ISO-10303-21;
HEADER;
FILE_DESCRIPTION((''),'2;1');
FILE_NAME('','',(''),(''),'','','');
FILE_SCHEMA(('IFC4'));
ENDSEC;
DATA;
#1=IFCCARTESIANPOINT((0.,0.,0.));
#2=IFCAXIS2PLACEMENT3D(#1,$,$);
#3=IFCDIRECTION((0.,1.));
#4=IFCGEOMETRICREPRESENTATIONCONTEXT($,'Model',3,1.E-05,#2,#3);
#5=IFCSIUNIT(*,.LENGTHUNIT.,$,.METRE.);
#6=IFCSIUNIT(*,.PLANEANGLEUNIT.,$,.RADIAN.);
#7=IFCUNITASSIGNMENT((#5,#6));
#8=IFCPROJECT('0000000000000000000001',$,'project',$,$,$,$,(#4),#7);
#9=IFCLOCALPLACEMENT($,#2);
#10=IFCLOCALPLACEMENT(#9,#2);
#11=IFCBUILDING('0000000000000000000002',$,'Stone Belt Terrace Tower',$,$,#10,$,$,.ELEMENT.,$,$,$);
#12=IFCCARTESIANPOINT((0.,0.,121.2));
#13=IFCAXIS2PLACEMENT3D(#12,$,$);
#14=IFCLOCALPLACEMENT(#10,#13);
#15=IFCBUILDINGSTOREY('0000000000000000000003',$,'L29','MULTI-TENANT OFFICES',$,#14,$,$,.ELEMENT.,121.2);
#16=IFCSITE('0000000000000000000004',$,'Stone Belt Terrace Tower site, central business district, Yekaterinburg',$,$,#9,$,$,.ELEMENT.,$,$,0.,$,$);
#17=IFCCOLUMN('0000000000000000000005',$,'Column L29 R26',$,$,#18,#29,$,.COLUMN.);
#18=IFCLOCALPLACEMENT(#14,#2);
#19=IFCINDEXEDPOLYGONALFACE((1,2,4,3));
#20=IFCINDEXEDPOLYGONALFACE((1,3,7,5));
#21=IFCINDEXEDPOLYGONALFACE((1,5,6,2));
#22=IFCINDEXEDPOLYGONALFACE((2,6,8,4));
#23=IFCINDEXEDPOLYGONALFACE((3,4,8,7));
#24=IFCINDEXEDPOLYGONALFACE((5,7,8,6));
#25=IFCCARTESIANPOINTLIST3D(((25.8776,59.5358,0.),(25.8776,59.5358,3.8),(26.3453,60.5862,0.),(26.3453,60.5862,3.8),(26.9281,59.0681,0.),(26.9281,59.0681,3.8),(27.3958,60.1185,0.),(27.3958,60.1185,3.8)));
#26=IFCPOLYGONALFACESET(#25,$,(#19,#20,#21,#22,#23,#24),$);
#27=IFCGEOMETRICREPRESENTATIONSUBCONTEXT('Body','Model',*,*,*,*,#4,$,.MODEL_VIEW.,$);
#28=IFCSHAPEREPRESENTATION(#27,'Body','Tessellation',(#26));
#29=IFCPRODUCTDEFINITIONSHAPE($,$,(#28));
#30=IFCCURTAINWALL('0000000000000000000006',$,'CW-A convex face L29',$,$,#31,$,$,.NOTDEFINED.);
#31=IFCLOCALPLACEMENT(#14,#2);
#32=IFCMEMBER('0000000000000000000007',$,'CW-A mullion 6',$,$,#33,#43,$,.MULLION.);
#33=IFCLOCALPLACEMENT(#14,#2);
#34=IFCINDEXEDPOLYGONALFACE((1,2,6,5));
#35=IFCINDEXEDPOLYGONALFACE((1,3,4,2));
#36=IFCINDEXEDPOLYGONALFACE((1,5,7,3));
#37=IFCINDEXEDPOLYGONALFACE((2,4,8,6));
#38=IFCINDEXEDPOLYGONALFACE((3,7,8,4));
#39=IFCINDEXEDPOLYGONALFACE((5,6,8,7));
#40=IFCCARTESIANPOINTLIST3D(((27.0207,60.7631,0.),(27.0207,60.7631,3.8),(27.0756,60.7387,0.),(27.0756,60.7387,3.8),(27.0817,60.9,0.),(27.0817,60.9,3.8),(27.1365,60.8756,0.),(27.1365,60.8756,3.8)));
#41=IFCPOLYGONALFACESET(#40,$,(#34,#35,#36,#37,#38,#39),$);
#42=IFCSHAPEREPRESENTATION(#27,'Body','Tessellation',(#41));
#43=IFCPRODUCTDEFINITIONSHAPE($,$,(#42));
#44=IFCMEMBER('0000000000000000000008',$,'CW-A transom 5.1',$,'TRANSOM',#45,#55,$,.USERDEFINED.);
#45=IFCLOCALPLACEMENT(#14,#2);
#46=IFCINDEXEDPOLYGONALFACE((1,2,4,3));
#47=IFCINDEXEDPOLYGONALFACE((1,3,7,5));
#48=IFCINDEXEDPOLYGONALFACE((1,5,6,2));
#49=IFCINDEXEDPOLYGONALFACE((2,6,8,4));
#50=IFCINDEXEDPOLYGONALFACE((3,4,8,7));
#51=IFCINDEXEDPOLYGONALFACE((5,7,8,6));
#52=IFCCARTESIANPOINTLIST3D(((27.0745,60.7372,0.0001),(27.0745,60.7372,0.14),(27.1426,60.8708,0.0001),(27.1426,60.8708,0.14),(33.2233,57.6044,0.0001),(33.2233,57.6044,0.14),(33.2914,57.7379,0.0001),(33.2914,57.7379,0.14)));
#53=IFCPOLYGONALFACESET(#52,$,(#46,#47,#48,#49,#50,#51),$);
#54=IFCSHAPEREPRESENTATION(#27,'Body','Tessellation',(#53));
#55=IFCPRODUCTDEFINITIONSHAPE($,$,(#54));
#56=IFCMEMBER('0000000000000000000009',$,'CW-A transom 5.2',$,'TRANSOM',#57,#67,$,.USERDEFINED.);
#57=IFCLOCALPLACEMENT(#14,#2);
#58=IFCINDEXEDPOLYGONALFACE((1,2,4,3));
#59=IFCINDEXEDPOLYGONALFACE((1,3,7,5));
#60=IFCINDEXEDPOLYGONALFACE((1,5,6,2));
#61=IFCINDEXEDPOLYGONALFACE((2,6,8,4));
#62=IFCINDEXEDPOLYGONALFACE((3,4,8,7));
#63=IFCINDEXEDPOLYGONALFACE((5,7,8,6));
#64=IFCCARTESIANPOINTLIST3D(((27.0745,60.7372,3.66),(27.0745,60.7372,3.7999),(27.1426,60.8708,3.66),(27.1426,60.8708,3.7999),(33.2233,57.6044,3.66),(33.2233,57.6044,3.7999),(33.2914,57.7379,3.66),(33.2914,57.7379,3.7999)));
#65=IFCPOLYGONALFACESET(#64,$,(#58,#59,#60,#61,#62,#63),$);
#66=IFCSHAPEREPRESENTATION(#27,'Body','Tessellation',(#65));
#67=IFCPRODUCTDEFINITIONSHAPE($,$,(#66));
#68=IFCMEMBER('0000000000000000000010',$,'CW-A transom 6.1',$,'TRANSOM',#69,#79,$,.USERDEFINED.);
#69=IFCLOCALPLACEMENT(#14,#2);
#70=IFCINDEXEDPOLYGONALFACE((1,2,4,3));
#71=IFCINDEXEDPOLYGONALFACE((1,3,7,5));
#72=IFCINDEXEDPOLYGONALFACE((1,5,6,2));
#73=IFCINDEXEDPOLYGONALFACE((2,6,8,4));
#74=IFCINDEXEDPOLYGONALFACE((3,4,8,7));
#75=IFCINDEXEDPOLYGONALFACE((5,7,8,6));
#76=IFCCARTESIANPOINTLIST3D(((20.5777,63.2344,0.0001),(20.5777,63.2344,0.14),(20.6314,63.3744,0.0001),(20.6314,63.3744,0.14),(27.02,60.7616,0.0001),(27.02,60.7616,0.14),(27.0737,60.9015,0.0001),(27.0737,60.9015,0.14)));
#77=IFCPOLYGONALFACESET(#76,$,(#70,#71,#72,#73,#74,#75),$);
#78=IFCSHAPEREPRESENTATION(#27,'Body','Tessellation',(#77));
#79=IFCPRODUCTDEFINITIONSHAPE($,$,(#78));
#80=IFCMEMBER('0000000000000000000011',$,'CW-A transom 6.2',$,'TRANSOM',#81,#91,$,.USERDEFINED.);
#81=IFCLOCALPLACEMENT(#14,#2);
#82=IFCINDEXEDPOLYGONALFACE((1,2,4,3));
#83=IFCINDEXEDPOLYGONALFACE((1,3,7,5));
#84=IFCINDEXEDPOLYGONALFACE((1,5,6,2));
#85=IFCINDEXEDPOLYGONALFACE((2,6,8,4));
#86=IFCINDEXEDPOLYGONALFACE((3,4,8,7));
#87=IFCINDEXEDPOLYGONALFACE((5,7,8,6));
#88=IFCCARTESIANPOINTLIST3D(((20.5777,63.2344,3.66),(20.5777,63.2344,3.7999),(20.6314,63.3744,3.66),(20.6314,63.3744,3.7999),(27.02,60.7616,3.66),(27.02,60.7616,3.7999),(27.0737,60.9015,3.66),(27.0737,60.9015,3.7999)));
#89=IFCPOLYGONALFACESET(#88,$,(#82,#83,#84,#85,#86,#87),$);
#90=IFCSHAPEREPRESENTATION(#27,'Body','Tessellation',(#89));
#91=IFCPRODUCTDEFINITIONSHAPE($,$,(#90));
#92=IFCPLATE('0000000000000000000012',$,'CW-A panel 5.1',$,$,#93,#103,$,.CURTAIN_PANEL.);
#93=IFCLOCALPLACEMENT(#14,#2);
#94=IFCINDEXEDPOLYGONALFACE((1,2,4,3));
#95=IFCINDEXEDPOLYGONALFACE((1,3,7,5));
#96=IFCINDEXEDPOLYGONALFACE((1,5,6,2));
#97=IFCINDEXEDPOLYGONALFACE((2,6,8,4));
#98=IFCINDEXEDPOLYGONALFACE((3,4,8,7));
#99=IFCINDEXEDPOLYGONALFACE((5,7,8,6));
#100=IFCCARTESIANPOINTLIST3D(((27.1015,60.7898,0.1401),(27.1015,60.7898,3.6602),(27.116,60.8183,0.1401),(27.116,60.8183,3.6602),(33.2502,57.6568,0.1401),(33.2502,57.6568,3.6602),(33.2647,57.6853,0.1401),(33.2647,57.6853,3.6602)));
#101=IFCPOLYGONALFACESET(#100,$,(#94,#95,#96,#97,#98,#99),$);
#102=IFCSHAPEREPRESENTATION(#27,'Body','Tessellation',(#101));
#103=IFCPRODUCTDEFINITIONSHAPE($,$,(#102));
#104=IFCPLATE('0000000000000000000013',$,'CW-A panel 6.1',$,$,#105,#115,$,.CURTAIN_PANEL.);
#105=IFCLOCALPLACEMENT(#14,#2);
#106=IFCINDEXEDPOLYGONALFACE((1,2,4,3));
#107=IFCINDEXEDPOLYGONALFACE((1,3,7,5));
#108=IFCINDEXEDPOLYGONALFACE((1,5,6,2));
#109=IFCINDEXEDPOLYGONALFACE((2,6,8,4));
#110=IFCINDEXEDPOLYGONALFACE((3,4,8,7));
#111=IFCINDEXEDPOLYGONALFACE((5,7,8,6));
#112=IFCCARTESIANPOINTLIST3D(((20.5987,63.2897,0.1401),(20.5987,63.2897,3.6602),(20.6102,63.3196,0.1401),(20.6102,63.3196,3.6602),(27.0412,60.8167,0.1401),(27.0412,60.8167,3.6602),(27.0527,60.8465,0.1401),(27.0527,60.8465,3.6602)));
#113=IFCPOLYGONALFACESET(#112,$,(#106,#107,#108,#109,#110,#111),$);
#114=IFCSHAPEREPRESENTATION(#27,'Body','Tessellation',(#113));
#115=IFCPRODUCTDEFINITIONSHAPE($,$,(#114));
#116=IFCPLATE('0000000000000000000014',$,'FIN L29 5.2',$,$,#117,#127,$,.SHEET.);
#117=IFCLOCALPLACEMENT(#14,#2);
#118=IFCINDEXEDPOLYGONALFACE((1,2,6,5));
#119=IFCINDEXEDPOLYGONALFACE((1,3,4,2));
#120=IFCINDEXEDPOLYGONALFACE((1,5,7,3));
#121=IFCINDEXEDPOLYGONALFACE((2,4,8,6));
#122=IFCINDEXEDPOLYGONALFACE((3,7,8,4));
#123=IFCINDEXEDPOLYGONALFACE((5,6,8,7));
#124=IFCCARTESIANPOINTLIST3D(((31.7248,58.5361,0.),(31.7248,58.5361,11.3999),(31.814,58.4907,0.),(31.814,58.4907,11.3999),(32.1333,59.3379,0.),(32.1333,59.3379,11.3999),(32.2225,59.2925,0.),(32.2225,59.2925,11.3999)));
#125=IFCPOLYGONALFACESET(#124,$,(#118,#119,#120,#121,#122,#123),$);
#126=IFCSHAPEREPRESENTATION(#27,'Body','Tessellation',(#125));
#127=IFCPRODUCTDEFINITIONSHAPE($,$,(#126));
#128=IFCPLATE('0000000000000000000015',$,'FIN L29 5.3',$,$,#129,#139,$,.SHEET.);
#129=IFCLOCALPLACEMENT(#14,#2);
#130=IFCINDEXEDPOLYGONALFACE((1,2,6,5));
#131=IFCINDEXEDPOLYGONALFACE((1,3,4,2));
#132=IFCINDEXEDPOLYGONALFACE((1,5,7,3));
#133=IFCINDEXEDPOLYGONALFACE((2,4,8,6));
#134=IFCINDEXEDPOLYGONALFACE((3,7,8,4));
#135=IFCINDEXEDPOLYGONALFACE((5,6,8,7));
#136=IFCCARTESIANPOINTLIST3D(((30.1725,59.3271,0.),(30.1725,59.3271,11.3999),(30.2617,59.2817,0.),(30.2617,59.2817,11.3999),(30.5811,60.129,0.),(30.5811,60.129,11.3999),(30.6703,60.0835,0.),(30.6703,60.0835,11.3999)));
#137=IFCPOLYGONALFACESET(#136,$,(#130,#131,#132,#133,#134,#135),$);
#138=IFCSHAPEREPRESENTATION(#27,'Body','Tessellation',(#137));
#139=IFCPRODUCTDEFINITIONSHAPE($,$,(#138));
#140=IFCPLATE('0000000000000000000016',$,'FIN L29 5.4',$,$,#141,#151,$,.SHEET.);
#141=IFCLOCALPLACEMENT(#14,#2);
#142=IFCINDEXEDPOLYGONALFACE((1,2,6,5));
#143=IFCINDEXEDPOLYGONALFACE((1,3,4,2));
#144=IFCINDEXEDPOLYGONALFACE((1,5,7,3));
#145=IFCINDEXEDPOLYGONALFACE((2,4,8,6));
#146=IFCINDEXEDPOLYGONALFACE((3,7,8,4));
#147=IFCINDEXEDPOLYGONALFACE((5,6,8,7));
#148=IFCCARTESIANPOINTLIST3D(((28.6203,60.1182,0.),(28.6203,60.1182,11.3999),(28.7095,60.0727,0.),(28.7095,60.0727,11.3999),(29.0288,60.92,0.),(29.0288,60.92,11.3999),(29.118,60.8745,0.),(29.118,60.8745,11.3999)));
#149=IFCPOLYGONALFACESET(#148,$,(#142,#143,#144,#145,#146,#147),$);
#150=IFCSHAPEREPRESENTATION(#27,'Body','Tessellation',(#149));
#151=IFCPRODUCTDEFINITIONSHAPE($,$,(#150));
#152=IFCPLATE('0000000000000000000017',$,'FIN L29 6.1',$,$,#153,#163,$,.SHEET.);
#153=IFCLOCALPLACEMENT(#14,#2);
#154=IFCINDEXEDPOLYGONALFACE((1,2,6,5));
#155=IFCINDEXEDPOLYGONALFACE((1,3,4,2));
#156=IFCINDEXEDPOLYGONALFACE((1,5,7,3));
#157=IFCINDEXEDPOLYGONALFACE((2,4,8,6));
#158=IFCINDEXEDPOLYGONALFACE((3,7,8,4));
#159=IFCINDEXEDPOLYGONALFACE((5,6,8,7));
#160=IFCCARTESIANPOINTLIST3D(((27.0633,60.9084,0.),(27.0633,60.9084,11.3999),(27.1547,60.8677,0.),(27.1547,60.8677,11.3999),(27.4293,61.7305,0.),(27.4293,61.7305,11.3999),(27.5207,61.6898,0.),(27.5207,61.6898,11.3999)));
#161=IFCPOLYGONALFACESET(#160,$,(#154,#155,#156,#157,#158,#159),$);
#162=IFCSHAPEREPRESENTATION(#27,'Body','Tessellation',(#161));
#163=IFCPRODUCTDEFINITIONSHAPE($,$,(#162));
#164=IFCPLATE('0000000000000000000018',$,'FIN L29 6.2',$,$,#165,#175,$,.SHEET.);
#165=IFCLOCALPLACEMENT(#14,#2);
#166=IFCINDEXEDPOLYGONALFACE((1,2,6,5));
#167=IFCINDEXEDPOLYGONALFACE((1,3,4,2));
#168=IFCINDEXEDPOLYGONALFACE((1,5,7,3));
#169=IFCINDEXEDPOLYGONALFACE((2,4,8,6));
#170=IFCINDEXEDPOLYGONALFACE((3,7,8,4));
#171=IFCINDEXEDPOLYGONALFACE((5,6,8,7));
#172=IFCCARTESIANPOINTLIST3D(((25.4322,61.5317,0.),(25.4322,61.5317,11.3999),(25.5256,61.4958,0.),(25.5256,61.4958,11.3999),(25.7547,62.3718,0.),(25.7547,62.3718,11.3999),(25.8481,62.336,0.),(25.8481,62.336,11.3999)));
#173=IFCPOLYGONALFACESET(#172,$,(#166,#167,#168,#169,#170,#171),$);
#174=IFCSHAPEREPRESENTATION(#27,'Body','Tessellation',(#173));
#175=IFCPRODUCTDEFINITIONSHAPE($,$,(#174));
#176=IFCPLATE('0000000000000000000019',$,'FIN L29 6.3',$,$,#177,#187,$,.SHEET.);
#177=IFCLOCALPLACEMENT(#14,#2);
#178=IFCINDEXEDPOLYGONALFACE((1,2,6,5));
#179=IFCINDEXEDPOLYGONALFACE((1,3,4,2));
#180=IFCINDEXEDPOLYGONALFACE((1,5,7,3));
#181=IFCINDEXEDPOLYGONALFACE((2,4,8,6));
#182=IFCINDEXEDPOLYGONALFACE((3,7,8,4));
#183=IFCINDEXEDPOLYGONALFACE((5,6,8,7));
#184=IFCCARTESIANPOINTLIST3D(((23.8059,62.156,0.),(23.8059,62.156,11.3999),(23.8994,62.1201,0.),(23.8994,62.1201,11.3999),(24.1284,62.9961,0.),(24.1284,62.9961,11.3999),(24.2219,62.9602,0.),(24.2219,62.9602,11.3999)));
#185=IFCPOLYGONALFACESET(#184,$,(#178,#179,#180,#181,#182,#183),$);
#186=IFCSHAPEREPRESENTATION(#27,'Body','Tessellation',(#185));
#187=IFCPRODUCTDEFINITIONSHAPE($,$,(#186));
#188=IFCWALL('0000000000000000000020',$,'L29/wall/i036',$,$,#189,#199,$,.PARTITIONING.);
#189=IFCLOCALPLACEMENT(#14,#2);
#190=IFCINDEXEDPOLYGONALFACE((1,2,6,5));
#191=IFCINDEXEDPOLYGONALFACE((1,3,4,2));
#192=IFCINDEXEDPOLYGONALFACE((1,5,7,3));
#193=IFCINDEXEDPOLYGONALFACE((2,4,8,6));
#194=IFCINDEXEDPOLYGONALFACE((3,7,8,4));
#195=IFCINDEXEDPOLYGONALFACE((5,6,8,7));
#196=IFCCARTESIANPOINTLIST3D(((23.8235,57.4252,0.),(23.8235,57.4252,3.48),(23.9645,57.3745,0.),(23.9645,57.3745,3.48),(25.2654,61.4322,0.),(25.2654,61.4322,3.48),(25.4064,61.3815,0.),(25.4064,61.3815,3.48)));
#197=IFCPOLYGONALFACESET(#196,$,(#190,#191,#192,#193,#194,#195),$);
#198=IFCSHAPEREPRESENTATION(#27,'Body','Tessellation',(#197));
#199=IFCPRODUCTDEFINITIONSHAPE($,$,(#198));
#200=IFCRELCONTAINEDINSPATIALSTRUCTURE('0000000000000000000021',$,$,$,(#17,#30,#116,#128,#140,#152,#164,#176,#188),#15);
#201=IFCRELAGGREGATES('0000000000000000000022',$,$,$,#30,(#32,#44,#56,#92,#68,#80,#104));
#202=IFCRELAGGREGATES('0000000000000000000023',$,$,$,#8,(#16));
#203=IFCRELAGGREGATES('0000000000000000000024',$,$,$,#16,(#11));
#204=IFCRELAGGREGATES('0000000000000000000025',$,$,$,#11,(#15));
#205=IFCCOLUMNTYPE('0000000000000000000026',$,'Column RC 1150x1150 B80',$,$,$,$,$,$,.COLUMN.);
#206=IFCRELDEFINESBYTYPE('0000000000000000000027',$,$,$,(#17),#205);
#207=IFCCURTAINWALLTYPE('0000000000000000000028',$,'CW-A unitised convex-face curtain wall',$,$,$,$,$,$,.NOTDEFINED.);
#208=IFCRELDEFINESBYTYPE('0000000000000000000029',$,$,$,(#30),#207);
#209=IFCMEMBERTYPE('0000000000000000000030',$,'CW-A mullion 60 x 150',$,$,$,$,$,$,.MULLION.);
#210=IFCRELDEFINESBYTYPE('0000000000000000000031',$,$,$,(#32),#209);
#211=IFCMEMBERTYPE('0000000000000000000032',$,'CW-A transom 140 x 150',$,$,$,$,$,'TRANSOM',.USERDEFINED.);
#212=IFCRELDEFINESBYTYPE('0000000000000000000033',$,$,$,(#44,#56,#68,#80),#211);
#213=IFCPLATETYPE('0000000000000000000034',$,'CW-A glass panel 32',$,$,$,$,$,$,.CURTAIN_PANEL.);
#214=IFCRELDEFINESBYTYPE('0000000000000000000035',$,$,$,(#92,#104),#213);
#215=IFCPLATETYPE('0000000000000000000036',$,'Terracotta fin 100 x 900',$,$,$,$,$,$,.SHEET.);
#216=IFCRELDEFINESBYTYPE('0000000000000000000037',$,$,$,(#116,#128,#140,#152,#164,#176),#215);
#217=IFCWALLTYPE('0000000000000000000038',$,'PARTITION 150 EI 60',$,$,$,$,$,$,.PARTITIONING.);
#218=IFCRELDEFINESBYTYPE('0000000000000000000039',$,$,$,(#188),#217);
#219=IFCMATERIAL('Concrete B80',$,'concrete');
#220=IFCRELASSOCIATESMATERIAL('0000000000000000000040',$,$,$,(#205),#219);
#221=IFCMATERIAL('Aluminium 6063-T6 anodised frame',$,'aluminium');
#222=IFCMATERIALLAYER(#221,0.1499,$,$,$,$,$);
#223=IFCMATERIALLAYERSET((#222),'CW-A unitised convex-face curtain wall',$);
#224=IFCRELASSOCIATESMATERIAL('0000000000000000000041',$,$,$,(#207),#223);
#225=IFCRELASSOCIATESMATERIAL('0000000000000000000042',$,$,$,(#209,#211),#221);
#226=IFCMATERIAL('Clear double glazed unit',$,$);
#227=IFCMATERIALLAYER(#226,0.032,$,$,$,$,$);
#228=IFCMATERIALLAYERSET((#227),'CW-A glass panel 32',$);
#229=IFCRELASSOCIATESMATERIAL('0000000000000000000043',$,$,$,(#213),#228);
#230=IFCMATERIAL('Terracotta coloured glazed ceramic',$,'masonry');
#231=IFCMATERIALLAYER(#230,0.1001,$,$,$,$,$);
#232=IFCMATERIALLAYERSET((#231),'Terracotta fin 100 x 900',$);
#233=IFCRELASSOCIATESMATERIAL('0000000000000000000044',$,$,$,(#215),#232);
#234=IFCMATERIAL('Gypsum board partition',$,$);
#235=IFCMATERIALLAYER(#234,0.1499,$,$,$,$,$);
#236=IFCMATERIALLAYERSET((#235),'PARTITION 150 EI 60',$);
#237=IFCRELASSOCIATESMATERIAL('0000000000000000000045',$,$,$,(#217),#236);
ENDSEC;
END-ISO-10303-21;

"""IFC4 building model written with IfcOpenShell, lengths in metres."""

from ifc_helpers import new_model, si_unit, direction, frame, frame_2d, origin, origin_2d, place, context, subcontext, project, spatial, rectangle, extrude, material, layer, layer_set, material_profile, profile_set, type_object, element, aggregate, save


model = new_model("IFC4")

# Units and contexts
model_context = context("Model", 3, precision=1e-05, world=origin(), true_north=direction((0.0, 1.0)))
body_context = subcontext(model_context, "Body", "Model", "MODEL_VIEW")
ifc_project = project(units=[si_unit("LENGTHUNIT", "METRE"), si_unit("PLANEANGLEUNIT", "RADIAN")], contexts=[model_context])

# Site, building, storey
site_placement = place(None, origin())
site = spatial("IfcSite", under=ifc_project, at=site_placement, Name="Stone Belt Terrace Tower site, central business district, Yekaterinburg", CompositionType="ELEMENT", RefElevation=0.0)
building_placement = place(site_placement, origin())
building = spatial("IfcBuilding", under=site, at=building_placement, Name="Stone Belt Terrace Tower", CompositionType="ELEMENT")
storey_placement = place(building_placement, frame((0.0, 0.0, 121.2)))
storey = spatial("IfcBuildingStorey", under=building, at=storey_placement, Name="L29", Description="MULTI-TENANT OFFICES", CompositionType="ELEMENT", Elevation=121.2)

# Column
ifc_material_1 = material(Name="Concrete B80", Category="concrete")
ifc_material_profile_1 = material_profile(ifc_material_1, rectangle(XDim=1.1499, YDim=1.1499, at=origin_2d()), Name="RC 1150x1150")
ifc_profile_set_1 = profile_set([ifc_material_profile_1], Name="Concrete B80")
column_type = type_object("IfcColumnType", Name="Column RC 1150x1150 B80", PredefinedType="COLUMN", material=ifc_profile_set_1)
column_placement = place(storey_placement, frame((26.6367, 59.8271, 0.0), z_axis=(0.0, 0.0, 1.0), x_axis=(0.913545, -0.406737, 0.0)))
element("IfcColumn", 1, at=column_placement, inside=storey, type_object=column_type, Name="Column L29 R26", PredefinedType="COLUMN", context=body_context, shape_type="SweptSolid", body=[
    extrude(rectangle(XDim=1.1499, YDim=1.1499, at=origin_2d()), origin(), (0.0, 0.0, 1.0), 3.8),
])

# Curtain wall, members, plates
ifc_material_2 = material(Name="Aluminium 6063-T6 anodised frame", Category="aluminium")
ifc_layer_1 = layer(ifc_material_2, 0.1499)
ifc_layer_set_1 = layer_set([ifc_layer_1], Name="CW-A unitised convex-face curtain wall")
curtain_wall_type = type_object("IfcCurtainWallType", Name="CW-A unitised convex-face curtain wall", PredefinedType="NOTDEFINED", material=ifc_layer_set_1)
curtain_wall_placement = place(storey_placement, origin())
curtain_wall = element("IfcCurtainWall", 2, at=curtain_wall_placement, inside=storey, type_object=curtain_wall_type, Name="CW-A convex face L29", PredefinedType="NOTDEFINED")
ifc_material_profile_2 = material_profile(ifc_material_2, rectangle(XDim=0.1499, YDim=0.0601, at=origin_2d()), Name="Aluminium 6063-T6 60x150")
ifc_profile_set_2 = profile_set([ifc_material_profile_2], Name="Aluminium 6063-T6 anodised frame")
member_type_1 = type_object("IfcMemberType", Name="CW-A mullion 60 x 150", PredefinedType="MULLION", material=ifc_profile_set_2)
member_1_placement = place(storey_placement, frame((27.0786, 60.8193, 0.0), z_axis=(0.0, 0.0, 1.0), x_axis=(-0.406737, -0.913545, 0.0)))
member_1 = element("IfcMember", 3, at=member_1_placement, type_object=member_type_1, Name="CW-A mullion 6", PredefinedType="MULLION", context=body_context, shape_type="SweptSolid", body=[
    extrude(rectangle(XDim=0.1499, YDim=0.0601, at=origin_2d()), origin(), (0.0, 0.0, 1.0), 3.8),
])
ifc_material_profile_3 = material_profile(ifc_material_2, rectangle(XDim=0.1499, YDim=0.1399, at=origin_2d()), Name="Aluminium 6063-T6 150x140")
ifc_profile_set_3 = profile_set([ifc_material_profile_3], Name="Aluminium 6063-T6 anodised frame")
member_type_2 = type_object("IfcMemberType", Name="CW-A transom 140 x 150", ElementType="TRANSOM", PredefinedType="USERDEFINED", material=ifc_profile_set_3)
member_2_placement = place(storey_placement, frame((33.2573, 57.6711, 0.0701), z_axis=(-0.891012, 0.453979, 0.0), x_axis=(-0.453979, -0.891012, 0.0)))
member_2 = element("IfcMember", 4, at=member_2_placement, type_object=member_type_2, Name="CW-A transom 5.1", ObjectType="TRANSOM", PredefinedType="USERDEFINED", context=body_context, shape_type="SweptSolid", body=[
    extrude(rectangle(XDim=0.1499, YDim=0.1399, at=origin_2d()), origin(), (0.0, 0.0, 1.0), 6.9009),
])
member_3_placement = place(storey_placement, frame((33.2573, 57.6711, 3.73), z_axis=(-0.891012, 0.453979, 0.0), x_axis=(-0.453979, -0.891012, 0.0)))
member_3 = element("IfcMember", 5, at=member_3_placement, type_object=member_type_2, Name="CW-A transom 5.2", ObjectType="TRANSOM", PredefinedType="USERDEFINED", context=body_context, shape_type="SweptSolid", body=[
    extrude(rectangle(XDim=0.1499, YDim=0.1399, at=origin_2d()), origin(), (0.0, 0.0, 1.0), 6.9009),
])
member_4_placement = place(storey_placement, frame((27.0469, 60.8315, 0.0701), z_axis=(-0.933585, 0.358355, 0.0), x_axis=(-0.358355, -0.933585, 0.0)))
member_4 = element("IfcMember", 6, at=member_4_placement, type_object=member_type_2, Name="CW-A transom 6.1", ObjectType="TRANSOM", PredefinedType="USERDEFINED", context=body_context, shape_type="SweptSolid", body=[
    extrude(rectangle(XDim=0.1499, YDim=0.1399, at=origin_2d()), origin(), (0.0, 0.0, 1.0), 6.9006),
])
member_5_placement = place(storey_placement, frame((27.0469, 60.8315, 3.73), z_axis=(-0.933585, 0.358355, 0.0), x_axis=(-0.358355, -0.933585, 0.0)))
member_5 = element("IfcMember", 7, at=member_5_placement, type_object=member_type_2, Name="CW-A transom 6.2", ObjectType="TRANSOM", PredefinedType="USERDEFINED", context=body_context, shape_type="SweptSolid", body=[
    extrude(rectangle(XDim=0.1499, YDim=0.1399, at=origin_2d()), origin(), (0.0, 0.0, 1.0), 6.9006),
])
ifc_material_3 = material(Name="Clear double glazed unit")
ifc_layer_2 = layer(ifc_material_3, 0.032)
ifc_layer_set_2 = layer_set([ifc_layer_2], Name="CW-A glass panel 32")
plate_type_1 = type_object("IfcPlateType", Name="CW-A glass panel 32", PredefinedType="CURTAIN_PANEL", material=ifc_layer_set_2)
plate_1_placement = place(storey_placement, frame((30.1831, 59.2375, 0.1401), z_axis=(0.0, 0.0, 1.0), x_axis=(-0.891007, 0.45399, 0.0)))
plate_1 = element("IfcPlate", 8, at=plate_1_placement, type_object=plate_type_1, Name="CW-A panel 5.1", PredefinedType="CURTAIN_PANEL", context=body_context, shape_type="SweptSolid", body=[
    extrude(rectangle(XDim=6.9009, YDim=0.032, at=origin_2d()), origin(), (0.0, 0.0, 1.0), 3.52),
])
plate_2_placement = place(storey_placement, frame((23.8257, 62.0681, 0.1401), z_axis=(0.0, 0.0, 1.0), x_axis=(-0.93358, 0.358368, 0.0)))
plate_2 = element("IfcPlate", 9, at=plate_2_placement, type_object=plate_type_1, Name="CW-A panel 6.1", PredefinedType="CURTAIN_PANEL", context=body_context, shape_type="SweptSolid", body=[
    extrude(rectangle(XDim=6.9009, YDim=0.032, at=origin_2d()), origin(), (0.0, 0.0, 1.0), 3.52),
])
aggregate(curtain_wall, [member_1, member_2, member_3, plate_1, member_4, member_5, plate_2])

# Plates
ifc_material_4 = material(Name="Terracotta coloured glazed ceramic", Category="masonry")
ifc_layer_3 = layer(ifc_material_4, 0.1001)
ifc_layer_set_3 = layer_set([ifc_layer_3], Name="Terracotta fin 100 x 900")
plate_type_2 = type_object("IfcPlateType", Name="Terracotta fin 100 x 900", PredefinedType="SHEET", material=ifc_layer_set_3)
for number, where, z_axis, x_axis, name in (
    (10, (31.9736, 58.9143, 0.0), (0.0, 0.0, 1.0), (0.45399, 0.891007, 0.0), "FIN L29 5.2"),
    (11, (30.4214, 59.7053, 0.0), (0.0, 0.0, 1.0), (0.45399, 0.891007, 0.0), "FIN L29 5.3"),
    (12, (28.8691, 60.4963, 0.0), (0.0, 0.0, 1.0), (0.45399, 0.891007, 0.0), "FIN L29 5.4"),
    (13, (27.292, 61.2991, 0.0), (0.0, 0.0, 1.0), (0.406737, 0.913545, 0.0), "FIN L29 6.1"),
    (14, (25.6401, 61.9338, 0.0), (0.0, 0.0, 1.0), (0.358368, 0.93358, 0.0), "FIN L29 6.2"),
    (15, (24.0139, 62.5581, 0.0), (0.0, 0.0, 1.0), (0.358368, 0.93358, 0.0), "FIN L29 6.3"),
):
    element("IfcPlate", number, at=place(storey_placement, frame(where, z_axis=z_axis, x_axis=x_axis)), inside=storey, type_object=plate_type_2, Name=name, PredefinedType="SHEET", context=body_context, shape_type="SweptSolid", body=[
        extrude(rectangle(XDim=0.8999, YDim=0.1001, at=origin_2d()), origin(), (0.0, 0.0, 1.0), 11.3999),
    ])

# Wall
ifc_material_5 = material(Name="Gypsum board partition")
ifc_layer_4 = layer(ifc_material_5, 0.1499)
ifc_layer_set_4 = layer_set([ifc_layer_4], Name="PARTITION 150 EI 60")
wall_type = type_object("IfcWallType", Name="PARTITION 150 EI 60", PredefinedType="PARTITIONING", material=ifc_layer_set_4)
wall_placement = place(storey_placement, frame((25.3359, 61.407, 0.0), z_axis=(0.0, 0.0, 1.0), x_axis=(-0.338583, -0.940936, 0.0)))
element("IfcWall", 16, at=wall_placement, inside=storey, type_object=wall_type, Name="L29/wall/i036", PredefinedType="PARTITIONING", context=body_context, shape_type="SweptSolid", body=[
    extrude(rectangle(XDim=4.2585, YDim=0.1499, at=frame_2d((2.1294, 0.0))), origin(), (0.0, 0.0, 1.0), 3.48),
])

save(model, "model.ifc")
